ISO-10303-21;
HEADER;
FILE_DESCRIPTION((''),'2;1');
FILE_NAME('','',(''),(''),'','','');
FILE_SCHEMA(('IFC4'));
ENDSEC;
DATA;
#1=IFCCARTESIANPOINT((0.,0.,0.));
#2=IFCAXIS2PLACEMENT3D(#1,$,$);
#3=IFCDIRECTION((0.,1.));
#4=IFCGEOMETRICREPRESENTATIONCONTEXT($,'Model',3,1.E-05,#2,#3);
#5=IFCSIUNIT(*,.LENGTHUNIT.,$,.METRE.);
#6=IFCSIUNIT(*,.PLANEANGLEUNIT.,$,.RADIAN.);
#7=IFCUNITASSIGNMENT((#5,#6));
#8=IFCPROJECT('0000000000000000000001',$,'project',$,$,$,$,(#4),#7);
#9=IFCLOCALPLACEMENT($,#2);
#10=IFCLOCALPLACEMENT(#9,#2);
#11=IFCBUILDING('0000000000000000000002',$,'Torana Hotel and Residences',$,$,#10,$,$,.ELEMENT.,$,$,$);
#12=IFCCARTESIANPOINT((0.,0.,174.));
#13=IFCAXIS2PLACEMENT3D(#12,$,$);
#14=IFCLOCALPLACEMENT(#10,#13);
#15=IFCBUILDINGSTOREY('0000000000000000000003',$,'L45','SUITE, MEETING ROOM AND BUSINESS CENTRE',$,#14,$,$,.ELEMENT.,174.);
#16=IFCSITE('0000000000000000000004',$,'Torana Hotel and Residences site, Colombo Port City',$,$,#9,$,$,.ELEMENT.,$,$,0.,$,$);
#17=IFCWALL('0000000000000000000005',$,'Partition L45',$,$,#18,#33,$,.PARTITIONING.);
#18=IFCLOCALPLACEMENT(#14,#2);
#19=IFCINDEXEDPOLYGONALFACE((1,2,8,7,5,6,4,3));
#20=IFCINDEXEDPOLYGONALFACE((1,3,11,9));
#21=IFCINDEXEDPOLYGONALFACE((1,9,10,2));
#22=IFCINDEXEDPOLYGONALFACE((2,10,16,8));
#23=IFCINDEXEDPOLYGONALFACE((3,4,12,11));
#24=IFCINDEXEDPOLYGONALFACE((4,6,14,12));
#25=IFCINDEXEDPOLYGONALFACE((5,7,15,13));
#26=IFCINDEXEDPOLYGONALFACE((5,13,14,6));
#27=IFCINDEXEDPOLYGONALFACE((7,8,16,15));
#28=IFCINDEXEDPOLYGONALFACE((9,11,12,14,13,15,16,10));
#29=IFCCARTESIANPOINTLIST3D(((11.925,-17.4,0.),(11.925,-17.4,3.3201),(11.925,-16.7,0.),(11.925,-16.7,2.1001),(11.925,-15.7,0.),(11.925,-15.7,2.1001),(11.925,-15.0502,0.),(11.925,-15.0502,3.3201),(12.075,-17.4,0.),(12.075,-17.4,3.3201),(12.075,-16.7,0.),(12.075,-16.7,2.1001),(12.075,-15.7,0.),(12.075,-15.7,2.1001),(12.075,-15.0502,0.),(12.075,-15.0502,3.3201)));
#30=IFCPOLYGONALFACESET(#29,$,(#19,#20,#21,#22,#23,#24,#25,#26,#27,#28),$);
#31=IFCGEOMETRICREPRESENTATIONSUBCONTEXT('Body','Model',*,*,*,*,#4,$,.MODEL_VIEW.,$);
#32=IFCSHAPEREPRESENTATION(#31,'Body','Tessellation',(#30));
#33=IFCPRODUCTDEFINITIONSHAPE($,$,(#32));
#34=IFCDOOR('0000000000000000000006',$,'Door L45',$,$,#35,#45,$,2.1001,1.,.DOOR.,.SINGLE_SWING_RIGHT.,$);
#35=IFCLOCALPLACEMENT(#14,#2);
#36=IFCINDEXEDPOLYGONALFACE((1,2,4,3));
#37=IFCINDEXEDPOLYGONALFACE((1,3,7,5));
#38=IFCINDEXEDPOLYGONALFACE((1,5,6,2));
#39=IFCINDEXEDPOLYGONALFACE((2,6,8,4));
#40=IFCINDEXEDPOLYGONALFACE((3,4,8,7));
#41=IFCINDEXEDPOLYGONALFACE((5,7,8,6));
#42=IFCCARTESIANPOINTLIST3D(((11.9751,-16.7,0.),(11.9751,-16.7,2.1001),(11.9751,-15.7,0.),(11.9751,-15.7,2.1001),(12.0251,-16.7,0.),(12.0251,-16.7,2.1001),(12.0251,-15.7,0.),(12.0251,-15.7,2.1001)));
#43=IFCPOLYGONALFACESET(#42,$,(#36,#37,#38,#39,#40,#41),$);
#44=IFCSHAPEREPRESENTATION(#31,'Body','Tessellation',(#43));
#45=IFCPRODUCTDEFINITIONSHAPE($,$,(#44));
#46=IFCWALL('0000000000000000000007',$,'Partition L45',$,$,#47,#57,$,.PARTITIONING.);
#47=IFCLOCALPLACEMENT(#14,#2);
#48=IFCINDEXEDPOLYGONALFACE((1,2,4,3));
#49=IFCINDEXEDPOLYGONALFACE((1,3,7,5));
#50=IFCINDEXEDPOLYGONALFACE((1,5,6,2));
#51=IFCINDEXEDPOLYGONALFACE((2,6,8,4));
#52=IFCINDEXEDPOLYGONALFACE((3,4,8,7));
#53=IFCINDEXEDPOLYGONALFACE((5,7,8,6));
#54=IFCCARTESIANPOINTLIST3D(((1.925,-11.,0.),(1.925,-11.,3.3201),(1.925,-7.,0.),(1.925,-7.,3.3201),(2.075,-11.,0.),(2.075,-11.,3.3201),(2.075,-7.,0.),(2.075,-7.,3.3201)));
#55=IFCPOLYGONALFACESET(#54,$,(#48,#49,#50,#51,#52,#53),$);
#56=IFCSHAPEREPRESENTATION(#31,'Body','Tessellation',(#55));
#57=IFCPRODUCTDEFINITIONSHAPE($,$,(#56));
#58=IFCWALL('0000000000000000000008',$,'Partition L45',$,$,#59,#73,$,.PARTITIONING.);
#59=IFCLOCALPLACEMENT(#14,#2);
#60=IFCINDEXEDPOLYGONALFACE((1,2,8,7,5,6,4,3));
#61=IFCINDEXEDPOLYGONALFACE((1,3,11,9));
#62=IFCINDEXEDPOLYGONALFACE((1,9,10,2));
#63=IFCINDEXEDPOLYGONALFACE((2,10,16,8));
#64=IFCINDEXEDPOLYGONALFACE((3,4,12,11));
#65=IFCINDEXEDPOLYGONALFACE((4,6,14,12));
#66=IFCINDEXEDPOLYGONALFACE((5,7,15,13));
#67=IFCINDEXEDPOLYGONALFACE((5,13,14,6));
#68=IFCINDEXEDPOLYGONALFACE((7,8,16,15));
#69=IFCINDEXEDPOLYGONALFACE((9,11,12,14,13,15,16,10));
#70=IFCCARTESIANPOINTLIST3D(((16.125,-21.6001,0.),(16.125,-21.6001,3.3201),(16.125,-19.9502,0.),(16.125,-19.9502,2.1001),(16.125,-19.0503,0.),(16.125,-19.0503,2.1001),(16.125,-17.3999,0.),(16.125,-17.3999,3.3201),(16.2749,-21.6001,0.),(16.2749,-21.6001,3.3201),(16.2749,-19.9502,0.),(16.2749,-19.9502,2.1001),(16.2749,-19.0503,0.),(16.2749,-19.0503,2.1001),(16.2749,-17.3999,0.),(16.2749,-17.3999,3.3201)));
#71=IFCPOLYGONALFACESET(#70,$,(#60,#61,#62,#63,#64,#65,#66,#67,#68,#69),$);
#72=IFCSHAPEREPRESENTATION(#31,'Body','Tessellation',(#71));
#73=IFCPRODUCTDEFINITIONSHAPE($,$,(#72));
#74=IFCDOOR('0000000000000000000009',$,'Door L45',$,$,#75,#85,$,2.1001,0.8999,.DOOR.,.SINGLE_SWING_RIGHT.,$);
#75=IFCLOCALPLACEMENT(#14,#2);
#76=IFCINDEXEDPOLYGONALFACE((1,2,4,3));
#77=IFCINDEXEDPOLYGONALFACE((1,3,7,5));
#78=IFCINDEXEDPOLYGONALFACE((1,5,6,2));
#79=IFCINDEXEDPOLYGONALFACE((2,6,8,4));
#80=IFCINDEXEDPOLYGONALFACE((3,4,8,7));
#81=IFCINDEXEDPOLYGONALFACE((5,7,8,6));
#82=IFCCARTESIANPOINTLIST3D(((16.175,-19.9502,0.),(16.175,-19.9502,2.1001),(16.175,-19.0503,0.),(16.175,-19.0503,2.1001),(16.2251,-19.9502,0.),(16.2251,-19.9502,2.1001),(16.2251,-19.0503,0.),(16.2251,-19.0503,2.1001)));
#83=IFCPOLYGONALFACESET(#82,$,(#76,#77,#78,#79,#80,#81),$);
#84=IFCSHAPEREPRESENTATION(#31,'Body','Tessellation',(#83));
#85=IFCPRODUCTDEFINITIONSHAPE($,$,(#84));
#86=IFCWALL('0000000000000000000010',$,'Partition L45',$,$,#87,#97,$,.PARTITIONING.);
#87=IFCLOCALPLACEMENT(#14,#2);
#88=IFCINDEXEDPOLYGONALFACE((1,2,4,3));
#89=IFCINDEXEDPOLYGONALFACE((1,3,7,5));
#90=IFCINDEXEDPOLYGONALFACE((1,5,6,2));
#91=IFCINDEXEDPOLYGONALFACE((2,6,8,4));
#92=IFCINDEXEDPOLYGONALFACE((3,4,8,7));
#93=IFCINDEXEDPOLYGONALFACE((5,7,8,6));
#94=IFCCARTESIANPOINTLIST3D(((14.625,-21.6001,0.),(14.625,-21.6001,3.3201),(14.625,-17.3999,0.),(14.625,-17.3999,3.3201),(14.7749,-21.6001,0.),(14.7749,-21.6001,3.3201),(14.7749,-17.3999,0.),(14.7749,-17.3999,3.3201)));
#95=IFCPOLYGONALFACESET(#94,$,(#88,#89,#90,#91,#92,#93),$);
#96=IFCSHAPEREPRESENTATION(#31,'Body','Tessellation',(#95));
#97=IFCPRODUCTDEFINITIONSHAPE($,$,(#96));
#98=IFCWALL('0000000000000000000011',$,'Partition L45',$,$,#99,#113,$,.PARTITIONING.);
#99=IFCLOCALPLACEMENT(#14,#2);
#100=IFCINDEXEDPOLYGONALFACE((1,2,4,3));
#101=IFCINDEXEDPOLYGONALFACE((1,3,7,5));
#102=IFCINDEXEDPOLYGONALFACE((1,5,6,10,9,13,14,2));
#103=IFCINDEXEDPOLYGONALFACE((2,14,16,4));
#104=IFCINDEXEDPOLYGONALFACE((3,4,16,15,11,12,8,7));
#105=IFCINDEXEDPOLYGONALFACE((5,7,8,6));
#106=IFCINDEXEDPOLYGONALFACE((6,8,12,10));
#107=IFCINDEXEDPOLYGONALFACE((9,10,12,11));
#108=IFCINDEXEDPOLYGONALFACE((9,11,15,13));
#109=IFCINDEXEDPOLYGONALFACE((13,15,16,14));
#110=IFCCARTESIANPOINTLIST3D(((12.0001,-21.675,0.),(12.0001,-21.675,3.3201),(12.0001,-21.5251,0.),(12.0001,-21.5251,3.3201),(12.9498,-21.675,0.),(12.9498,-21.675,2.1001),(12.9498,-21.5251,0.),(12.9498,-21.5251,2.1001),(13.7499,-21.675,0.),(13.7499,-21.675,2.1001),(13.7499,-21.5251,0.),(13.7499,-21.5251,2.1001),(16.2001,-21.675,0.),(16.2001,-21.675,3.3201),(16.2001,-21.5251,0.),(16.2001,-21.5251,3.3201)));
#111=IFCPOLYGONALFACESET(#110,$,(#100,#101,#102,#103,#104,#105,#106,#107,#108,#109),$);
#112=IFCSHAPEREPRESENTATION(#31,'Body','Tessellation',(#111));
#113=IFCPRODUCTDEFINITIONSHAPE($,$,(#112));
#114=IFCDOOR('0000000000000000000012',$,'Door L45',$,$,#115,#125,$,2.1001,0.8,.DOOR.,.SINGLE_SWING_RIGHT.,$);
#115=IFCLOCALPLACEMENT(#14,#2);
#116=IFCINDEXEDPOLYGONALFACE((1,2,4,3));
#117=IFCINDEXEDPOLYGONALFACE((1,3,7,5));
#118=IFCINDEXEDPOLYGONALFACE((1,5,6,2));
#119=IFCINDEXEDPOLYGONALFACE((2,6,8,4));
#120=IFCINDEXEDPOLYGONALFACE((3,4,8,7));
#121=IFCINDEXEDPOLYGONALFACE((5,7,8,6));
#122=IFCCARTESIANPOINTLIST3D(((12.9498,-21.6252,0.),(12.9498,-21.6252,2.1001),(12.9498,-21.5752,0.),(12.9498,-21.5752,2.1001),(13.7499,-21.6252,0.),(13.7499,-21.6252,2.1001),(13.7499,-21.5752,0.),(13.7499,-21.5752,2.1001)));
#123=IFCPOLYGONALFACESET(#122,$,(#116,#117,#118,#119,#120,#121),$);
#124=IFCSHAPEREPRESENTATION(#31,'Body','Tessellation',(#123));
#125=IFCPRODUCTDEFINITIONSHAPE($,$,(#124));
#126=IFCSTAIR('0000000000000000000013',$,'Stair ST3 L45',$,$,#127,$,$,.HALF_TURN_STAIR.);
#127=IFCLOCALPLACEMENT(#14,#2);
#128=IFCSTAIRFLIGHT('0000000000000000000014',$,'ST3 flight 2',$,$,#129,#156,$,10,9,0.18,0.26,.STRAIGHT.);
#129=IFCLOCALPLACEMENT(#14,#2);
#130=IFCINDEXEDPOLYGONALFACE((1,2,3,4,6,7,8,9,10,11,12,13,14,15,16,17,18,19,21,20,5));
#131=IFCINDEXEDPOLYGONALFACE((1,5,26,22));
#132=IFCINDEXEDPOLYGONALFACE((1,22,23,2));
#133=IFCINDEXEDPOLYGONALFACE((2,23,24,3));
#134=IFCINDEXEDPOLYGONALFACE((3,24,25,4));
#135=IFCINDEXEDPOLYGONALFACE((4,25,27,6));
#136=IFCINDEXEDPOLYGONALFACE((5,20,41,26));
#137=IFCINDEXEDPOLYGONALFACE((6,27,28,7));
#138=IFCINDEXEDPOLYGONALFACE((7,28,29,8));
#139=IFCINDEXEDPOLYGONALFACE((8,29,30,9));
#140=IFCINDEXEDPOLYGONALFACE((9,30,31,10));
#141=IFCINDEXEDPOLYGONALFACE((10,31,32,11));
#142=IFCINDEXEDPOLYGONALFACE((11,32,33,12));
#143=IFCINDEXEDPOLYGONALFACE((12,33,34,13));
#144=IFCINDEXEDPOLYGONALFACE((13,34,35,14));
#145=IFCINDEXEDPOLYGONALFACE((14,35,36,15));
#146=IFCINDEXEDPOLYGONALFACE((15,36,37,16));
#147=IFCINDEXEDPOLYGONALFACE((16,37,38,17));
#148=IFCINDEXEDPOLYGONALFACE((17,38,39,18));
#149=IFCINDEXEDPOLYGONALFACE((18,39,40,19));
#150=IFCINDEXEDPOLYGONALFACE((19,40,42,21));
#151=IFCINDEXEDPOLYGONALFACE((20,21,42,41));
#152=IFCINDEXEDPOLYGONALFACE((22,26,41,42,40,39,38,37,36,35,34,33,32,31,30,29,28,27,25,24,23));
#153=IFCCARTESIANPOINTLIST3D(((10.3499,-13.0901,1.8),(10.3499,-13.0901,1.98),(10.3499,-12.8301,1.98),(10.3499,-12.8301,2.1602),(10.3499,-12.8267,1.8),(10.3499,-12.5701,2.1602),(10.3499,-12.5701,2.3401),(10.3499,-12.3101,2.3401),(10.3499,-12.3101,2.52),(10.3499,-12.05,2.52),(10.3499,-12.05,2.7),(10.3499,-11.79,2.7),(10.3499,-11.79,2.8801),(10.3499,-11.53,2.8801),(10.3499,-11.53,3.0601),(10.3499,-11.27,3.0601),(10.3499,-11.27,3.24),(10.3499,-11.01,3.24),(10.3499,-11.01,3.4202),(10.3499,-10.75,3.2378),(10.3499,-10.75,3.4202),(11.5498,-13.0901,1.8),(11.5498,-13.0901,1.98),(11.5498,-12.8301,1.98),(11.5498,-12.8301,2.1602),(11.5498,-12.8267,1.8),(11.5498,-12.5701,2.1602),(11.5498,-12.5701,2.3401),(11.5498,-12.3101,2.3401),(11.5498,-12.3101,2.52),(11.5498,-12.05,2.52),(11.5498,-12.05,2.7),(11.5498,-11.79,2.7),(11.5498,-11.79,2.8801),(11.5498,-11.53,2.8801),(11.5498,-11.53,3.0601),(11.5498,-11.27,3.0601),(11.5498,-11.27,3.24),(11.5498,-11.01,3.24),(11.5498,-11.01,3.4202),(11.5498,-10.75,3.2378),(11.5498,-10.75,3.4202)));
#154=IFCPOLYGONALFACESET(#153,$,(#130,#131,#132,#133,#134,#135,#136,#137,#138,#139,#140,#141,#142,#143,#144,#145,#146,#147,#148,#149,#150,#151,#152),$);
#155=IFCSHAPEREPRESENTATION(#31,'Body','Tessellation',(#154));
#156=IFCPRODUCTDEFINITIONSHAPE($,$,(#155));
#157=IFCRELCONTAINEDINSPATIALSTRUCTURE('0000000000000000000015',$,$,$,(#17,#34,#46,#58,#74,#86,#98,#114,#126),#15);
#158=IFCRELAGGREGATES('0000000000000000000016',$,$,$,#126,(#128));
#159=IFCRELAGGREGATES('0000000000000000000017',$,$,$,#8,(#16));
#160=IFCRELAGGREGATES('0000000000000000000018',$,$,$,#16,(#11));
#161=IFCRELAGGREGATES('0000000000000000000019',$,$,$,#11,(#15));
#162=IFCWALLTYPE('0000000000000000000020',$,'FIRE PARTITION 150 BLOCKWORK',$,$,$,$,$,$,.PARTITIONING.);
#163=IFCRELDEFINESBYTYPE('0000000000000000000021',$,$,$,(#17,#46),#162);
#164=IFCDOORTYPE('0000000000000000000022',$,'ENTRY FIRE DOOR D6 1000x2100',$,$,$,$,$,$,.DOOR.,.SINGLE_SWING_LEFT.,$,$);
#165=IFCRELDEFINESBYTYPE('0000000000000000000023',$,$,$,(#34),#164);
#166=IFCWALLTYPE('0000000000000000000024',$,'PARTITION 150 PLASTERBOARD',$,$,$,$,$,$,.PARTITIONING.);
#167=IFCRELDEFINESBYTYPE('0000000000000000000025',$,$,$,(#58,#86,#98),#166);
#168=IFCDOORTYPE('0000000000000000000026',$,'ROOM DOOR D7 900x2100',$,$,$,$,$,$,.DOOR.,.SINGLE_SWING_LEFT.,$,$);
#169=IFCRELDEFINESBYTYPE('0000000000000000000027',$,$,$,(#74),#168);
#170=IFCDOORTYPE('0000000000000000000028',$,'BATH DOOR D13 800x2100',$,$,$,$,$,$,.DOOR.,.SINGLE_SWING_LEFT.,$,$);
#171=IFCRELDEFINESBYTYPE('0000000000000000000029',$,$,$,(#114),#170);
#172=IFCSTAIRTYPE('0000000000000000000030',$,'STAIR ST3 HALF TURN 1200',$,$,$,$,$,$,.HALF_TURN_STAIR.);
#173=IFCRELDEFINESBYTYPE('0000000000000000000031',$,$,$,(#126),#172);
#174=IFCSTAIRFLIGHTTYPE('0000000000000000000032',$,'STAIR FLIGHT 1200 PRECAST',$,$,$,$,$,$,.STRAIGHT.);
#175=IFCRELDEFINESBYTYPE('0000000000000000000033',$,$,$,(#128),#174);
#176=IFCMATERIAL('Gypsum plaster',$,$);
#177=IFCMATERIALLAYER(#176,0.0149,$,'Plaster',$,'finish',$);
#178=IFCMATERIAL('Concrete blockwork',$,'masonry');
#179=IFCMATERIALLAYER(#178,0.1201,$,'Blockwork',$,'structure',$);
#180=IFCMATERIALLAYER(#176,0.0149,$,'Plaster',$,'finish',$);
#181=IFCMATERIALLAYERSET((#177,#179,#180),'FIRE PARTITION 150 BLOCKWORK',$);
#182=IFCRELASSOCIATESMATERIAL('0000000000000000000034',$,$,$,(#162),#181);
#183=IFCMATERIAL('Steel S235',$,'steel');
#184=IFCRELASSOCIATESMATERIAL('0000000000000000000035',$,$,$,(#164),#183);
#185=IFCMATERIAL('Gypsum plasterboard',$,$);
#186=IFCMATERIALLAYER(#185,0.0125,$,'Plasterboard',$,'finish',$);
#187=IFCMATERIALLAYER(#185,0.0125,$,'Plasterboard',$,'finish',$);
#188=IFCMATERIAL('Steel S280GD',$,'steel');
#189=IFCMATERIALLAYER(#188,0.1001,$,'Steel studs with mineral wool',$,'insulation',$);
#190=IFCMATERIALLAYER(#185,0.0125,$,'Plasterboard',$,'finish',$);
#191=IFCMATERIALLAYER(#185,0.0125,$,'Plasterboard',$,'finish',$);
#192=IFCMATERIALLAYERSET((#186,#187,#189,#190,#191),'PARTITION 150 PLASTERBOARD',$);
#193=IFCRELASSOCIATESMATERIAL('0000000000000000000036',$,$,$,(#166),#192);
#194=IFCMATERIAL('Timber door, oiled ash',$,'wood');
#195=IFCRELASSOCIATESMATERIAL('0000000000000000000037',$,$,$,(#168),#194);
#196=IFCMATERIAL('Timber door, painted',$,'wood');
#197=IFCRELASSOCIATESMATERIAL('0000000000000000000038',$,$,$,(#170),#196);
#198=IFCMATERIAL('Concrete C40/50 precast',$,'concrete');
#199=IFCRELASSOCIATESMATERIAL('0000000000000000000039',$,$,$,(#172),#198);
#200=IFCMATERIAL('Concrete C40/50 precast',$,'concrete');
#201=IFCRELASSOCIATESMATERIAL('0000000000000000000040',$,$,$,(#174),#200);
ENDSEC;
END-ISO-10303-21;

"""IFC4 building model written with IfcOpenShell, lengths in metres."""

from ifc_helpers import new_model, si_unit, direction, frame, frame_2d, origin, place, context, subcontext, project, spatial, polyline, rectangle, outline, extrude, material, layer, layer_set, type_object, element, fill, aggregate, save


model = new_model("IFC4")

# Units and contexts
model_context = context("Model", 3, precision=1e-05, world=origin(), true_north=direction((0.0, 1.0)))
body_context = subcontext(model_context, "Body", "Model", "MODEL_VIEW")
ifc_project = project(units=[si_unit("LENGTHUNIT", "METRE"), si_unit("PLANEANGLEUNIT", "RADIAN")], contexts=[model_context])

# Site, building, storey
site_placement = place(None, origin())
site = spatial("IfcSite", under=ifc_project, at=site_placement, Name="Torana Hotel and Residences site, Colombo Port City", CompositionType="ELEMENT", RefElevation=0.0)
building_placement = place(site_placement, origin())
building = spatial("IfcBuilding", under=site, at=building_placement, Name="Torana Hotel and Residences", CompositionType="ELEMENT")
storey_placement = place(building_placement, frame((0.0, 0.0, 174.0)))
storey = spatial("IfcBuildingStorey", under=building, at=storey_placement, Name="L45", Description="SUITE, MEETING ROOM AND BUSINESS CENTRE", CompositionType="ELEMENT", Elevation=174.0)

# Wall, opening, door
ifc_material_1 = material(Name="Gypsum plaster")
ifc_layer_1 = layer(ifc_material_1, 0.0149, Name="Plaster", Category="finish")
ifc_material_2 = material(Name="Concrete blockwork", Category="masonry")
ifc_layer_2 = layer(ifc_material_2, 0.1201, Name="Blockwork", Category="structure")
ifc_layer_3 = layer(ifc_material_1, 0.0149, Name="Plaster", Category="finish")
ifc_layer_set_1 = layer_set([ifc_layer_1, ifc_layer_2, ifc_layer_3], Name="FIRE PARTITION 150 BLOCKWORK")
wall_type_1 = type_object("IfcWallType", Name="FIRE PARTITION 150 BLOCKWORK", PredefinedType="PARTITIONING", material=ifc_layer_set_1)
wall_1_placement = place(storey_placement, frame((12.0, -17.3999, 0.0), z_axis=(0.0, 0.0, 1.0), x_axis=(0.0, 1.0, 0.0)))
wall_1 = element("IfcWall", 1, at=wall_1_placement, inside=storey, type_object=wall_type_1, Name="Partition L45", PredefinedType="PARTITIONING", context=body_context, shape_type="SweptSolid", body=[
    extrude(rectangle(XDim=2.3499, YDim=0.1499, at=frame_2d((1.1748, 0.0))), origin(), (0.0, 0.0, 1.0), 3.3201),
])
opening_1_placement = place(wall_1_placement, frame((0.7, 0.0, 0.0)))
opening_1 = element("IfcOpeningElement", 2, at=opening_1_placement, cuts=wall_1, PredefinedType="OPENING", context=body_context, shape_type="SweptSolid", body=[
    extrude(rectangle(XDim=1.0, YDim=2.1001, at=frame_2d((0.5, 1.05))), frame((0.0, 0.085, 0.0), z_axis=(0.0, -1.0, 0.0), x_axis=(1.0, 0.0, 0.0)), (0.0, 0.0, 1.0), 0.1699),
])
ifc_material_3 = material(Name="Steel S235", Category="steel")
door_type_1 = type_object("IfcDoorType", Name="ENTRY FIRE DOOR D6 1000x2100", OperationType="SINGLE_SWING_LEFT", PredefinedType="DOOR", material=ifc_material_3)
door_1_placement = place(opening_1_placement, origin())
door_1 = element("IfcDoor", 3, at=door_1_placement, inside=storey, type_object=door_type_1, Name="Door L45", OperationType="SINGLE_SWING_RIGHT", OverallHeight=2.1001, OverallWidth=1.0, PredefinedType="DOOR", context=body_context, shape_type="SweptSolid", body=[
    extrude(rectangle(XDim=1.0, YDim=2.1001, at=frame_2d((0.5, 1.05))), frame((0.0, 0.0249, 0.0), z_axis=(0.0, -1.0, 0.0), x_axis=(1.0, 0.0, 0.0)), (0.0, 0.0, 1.0), 0.05),
])
fill(opening_1, door_1)

# Wall
wall_2_placement = place(storey_placement, frame((2.0, -11.0, 0.0), z_axis=(0.0, 0.0, 1.0), x_axis=(0.0, 1.0, 0.0)))
element("IfcWall", 4, at=wall_2_placement, inside=storey, type_object=wall_type_1, Name="Partition L45", PredefinedType="PARTITIONING", context=body_context, shape_type="SweptSolid", body=[
    extrude(rectangle(XDim=4.0, YDim=0.1499, at=frame_2d((2.0, 0.0))), origin(), (0.0, 0.0, 1.0), 3.3201),
])

# Wall, opening, door
ifc_material_4 = material(Name="Gypsum plasterboard")
ifc_layer_4 = layer(ifc_material_4, 0.0125, Name="Plasterboard", Category="finish")
ifc_layer_5 = layer(ifc_material_4, 0.0125, Name="Plasterboard", Category="finish")
ifc_material_5 = material(Name="Steel S280GD", Category="steel")
ifc_layer_6 = layer(ifc_material_5, 0.1001, Name="Steel studs with mineral wool", Category="insulation")
ifc_layer_7 = layer(ifc_material_4, 0.0125, Name="Plasterboard", Category="finish")
ifc_layer_8 = layer(ifc_material_4, 0.0125, Name="Plasterboard", Category="finish")
ifc_layer_set_2 = layer_set([ifc_layer_4, ifc_layer_5, ifc_layer_6, ifc_layer_7, ifc_layer_8], Name="PARTITION 150 PLASTERBOARD")
wall_type_2 = type_object("IfcWallType", Name="PARTITION 150 PLASTERBOARD", PredefinedType="PARTITIONING", material=ifc_layer_set_2)
wall_3_placement = place(storey_placement, frame((16.2, -21.6001, 0.0), z_axis=(0.0, 0.0, 1.0), x_axis=(0.0, 1.0, 0.0)))
wall_3 = element("IfcWall", 5, at=wall_3_placement, inside=storey, type_object=wall_type_2, Name="Partition L45", PredefinedType="PARTITIONING", context=body_context, shape_type="SweptSolid", body=[
    extrude(rectangle(XDim=4.2002, YDim=0.1499, at=frame_2d((2.1001, 0.0))), origin(), (0.0, 0.0, 1.0), 3.3201),
])
opening_2_placement = place(wall_3_placement, frame((1.6499, 0.0, 0.0)))
opening_2 = element("IfcOpeningElement", 6, at=opening_2_placement, cuts=wall_3, PredefinedType="OPENING", context=body_context, shape_type="SweptSolid", body=[
    extrude(rectangle(XDim=0.8999, YDim=2.1001, at=frame_2d((0.45, 1.05))), frame((0.0, 0.085, 0.0), z_axis=(0.0, -1.0, 0.0), x_axis=(1.0, 0.0, 0.0)), (0.0, 0.0, 1.0), 0.1699),
])
ifc_material_6 = material(Name="Timber door, oiled ash", Category="wood")
door_type_2 = type_object("IfcDoorType", Name="ROOM DOOR D7 900x2100", OperationType="SINGLE_SWING_LEFT", PredefinedType="DOOR", material=ifc_material_6)
door_2_placement = place(opening_2_placement, origin())
door_2 = element("IfcDoor", 7, at=door_2_placement, inside=storey, type_object=door_type_2, Name="Door L45", OperationType="SINGLE_SWING_RIGHT", OverallHeight=2.1001, OverallWidth=0.8999, PredefinedType="DOOR", context=body_context, shape_type="SweptSolid", body=[
    extrude(rectangle(XDim=0.8999, YDim=2.1001, at=frame_2d((0.45, 1.05))), frame((0.0, 0.0249, 0.0), z_axis=(0.0, -1.0, 0.0), x_axis=(1.0, 0.0, 0.0)), (0.0, 0.0, 1.0), 0.05),
])
fill(opening_2, door_2)

# Wall
wall_4_placement = place(storey_placement, frame((14.7, -21.6001, 0.0), z_axis=(0.0, 0.0, 1.0), x_axis=(0.0, 1.0, 0.0)))
element("IfcWall", 8, at=wall_4_placement, inside=storey, type_object=wall_type_2, Name="Partition L45", PredefinedType="PARTITIONING", context=body_context, shape_type="SweptSolid", body=[
    extrude(rectangle(XDim=4.2002, YDim=0.1499, at=frame_2d((2.1001, 0.0))), origin(), (0.0, 0.0, 1.0), 3.3201),
])

# Wall, opening, door
wall_5_placement = place(storey_placement, frame((12.0, -21.6001, 0.0), z_axis=(0.0, 0.0, 1.0), x_axis=(1.0, 0.0, 0.0)))
wall_5 = element("IfcWall", 9, at=wall_5_placement, inside=storey, type_object=wall_type_2, Name="Partition L45", PredefinedType="PARTITIONING", context=body_context, shape_type="SweptSolid", body=[
    extrude(rectangle(XDim=4.2, YDim=0.1499, at=frame_2d((2.1001, 0.0))), origin(), (0.0, 0.0, 1.0), 3.3201),
])
opening_3_placement = place(wall_5_placement, frame((0.95, 0.0, 0.0)))
opening_3 = element("IfcOpeningElement", 10, at=opening_3_placement, cuts=wall_5, PredefinedType="OPENING", context=body_context, shape_type="SweptSolid", body=[
    extrude(rectangle(XDim=0.8, YDim=2.1001, at=frame_2d((0.3999, 1.05))), frame((0.0, 0.085, 0.0), z_axis=(0.0, -1.0, 0.0), x_axis=(1.0, 0.0, 0.0)), (0.0, 0.0, 1.0), 0.1699),
])
ifc_material_7 = material(Name="Timber door, painted", Category="wood")
door_type_3 = type_object("IfcDoorType", Name="BATH DOOR D13 800x2100", OperationType="SINGLE_SWING_LEFT", PredefinedType="DOOR", material=ifc_material_7)
door_3_placement = place(opening_3_placement, origin())
door_3 = element("IfcDoor", 11, at=door_3_placement, inside=storey, type_object=door_type_3, Name="Door L45", OperationType="SINGLE_SWING_RIGHT", OverallHeight=2.1001, OverallWidth=0.8, PredefinedType="DOOR", context=body_context, shape_type="SweptSolid", body=[
    extrude(rectangle(XDim=0.8, YDim=2.1001, at=frame_2d((0.3999, 1.05))), frame((0.0, 0.0249, 0.0), z_axis=(0.0, -1.0, 0.0), x_axis=(1.0, 0.0, 0.0)), (0.0, 0.0, 1.0), 0.05),
])
fill(opening_3, door_3)

# Stair, stair flight
ifc_material_8 = material(Name="Concrete C40/50 precast", Category="concrete")
stair_type_1 = type_object("IfcStairType", Name="STAIR ST3 HALF TURN 1200", PredefinedType="HALF_TURN_STAIR", material=ifc_material_8)
stair_1_placement = place(storey_placement, origin())
stair_1 = element("IfcStair", 12, at=stair_1_placement, inside=storey, type_object=stair_type_1, Name="Stair ST3 L45", PredefinedType="HALF_TURN_STAIR")
ifc_material_9 = material(Name="Concrete C40/50 precast", Category="concrete")
stair_flight_type = type_object("IfcStairFlightType", Name="STAIR FLIGHT 1200 PRECAST", PredefinedType="STRAIGHT", material=ifc_material_9)
stair_flight_1_placement = place(storey_placement, frame((10.95, -13.0901, 1.8), z_axis=(0.0, 0.0, 1.0), x_axis=(0.0, 1.0, 0.0)))
stair_flight_1 = element("IfcStairFlight", 13, at=stair_flight_1_placement, type_object=stair_flight_type, Name="ST3 flight 2", NumberOfRisers=10, NumberOfTreads=9, PredefinedType="STRAIGHT", RiserHeight=0.18, TreadLength=0.26, context=body_context, shape_type="SweptSolid", body=[
    extrude(outline(polyline([(0.0, 0.0), (0.0, 0.1799), (0.26, 0.1799), (0.26, 0.3601), (0.52, 0.3601), (0.52, 0.54), (0.78, 0.54), (0.78, 0.72), (1.04, 0.72), (1.04, 0.8999), (1.3, 0.8999), (1.3, 1.0801), (1.5601, 1.0801), (1.5601, 1.26), (1.8201, 1.26), (1.8201, 1.4399), (2.0801, 1.4399), (2.0801, 1.6201), (2.3401, 1.6201), (2.3401, 1.8), (2.3401, 1.4377), (0.2634, 0.0), (0.0, 0.0)])), frame((0.0, 0.6001, 0.0), z_axis=(0.0, -1.0, 0.0), x_axis=(1.0, 0.0, 0.0)), (0.0, 0.0, 1.0), 1.2),
])
aggregate(stair_1, [stair_flight_1])

save(model, "model.ifc")
